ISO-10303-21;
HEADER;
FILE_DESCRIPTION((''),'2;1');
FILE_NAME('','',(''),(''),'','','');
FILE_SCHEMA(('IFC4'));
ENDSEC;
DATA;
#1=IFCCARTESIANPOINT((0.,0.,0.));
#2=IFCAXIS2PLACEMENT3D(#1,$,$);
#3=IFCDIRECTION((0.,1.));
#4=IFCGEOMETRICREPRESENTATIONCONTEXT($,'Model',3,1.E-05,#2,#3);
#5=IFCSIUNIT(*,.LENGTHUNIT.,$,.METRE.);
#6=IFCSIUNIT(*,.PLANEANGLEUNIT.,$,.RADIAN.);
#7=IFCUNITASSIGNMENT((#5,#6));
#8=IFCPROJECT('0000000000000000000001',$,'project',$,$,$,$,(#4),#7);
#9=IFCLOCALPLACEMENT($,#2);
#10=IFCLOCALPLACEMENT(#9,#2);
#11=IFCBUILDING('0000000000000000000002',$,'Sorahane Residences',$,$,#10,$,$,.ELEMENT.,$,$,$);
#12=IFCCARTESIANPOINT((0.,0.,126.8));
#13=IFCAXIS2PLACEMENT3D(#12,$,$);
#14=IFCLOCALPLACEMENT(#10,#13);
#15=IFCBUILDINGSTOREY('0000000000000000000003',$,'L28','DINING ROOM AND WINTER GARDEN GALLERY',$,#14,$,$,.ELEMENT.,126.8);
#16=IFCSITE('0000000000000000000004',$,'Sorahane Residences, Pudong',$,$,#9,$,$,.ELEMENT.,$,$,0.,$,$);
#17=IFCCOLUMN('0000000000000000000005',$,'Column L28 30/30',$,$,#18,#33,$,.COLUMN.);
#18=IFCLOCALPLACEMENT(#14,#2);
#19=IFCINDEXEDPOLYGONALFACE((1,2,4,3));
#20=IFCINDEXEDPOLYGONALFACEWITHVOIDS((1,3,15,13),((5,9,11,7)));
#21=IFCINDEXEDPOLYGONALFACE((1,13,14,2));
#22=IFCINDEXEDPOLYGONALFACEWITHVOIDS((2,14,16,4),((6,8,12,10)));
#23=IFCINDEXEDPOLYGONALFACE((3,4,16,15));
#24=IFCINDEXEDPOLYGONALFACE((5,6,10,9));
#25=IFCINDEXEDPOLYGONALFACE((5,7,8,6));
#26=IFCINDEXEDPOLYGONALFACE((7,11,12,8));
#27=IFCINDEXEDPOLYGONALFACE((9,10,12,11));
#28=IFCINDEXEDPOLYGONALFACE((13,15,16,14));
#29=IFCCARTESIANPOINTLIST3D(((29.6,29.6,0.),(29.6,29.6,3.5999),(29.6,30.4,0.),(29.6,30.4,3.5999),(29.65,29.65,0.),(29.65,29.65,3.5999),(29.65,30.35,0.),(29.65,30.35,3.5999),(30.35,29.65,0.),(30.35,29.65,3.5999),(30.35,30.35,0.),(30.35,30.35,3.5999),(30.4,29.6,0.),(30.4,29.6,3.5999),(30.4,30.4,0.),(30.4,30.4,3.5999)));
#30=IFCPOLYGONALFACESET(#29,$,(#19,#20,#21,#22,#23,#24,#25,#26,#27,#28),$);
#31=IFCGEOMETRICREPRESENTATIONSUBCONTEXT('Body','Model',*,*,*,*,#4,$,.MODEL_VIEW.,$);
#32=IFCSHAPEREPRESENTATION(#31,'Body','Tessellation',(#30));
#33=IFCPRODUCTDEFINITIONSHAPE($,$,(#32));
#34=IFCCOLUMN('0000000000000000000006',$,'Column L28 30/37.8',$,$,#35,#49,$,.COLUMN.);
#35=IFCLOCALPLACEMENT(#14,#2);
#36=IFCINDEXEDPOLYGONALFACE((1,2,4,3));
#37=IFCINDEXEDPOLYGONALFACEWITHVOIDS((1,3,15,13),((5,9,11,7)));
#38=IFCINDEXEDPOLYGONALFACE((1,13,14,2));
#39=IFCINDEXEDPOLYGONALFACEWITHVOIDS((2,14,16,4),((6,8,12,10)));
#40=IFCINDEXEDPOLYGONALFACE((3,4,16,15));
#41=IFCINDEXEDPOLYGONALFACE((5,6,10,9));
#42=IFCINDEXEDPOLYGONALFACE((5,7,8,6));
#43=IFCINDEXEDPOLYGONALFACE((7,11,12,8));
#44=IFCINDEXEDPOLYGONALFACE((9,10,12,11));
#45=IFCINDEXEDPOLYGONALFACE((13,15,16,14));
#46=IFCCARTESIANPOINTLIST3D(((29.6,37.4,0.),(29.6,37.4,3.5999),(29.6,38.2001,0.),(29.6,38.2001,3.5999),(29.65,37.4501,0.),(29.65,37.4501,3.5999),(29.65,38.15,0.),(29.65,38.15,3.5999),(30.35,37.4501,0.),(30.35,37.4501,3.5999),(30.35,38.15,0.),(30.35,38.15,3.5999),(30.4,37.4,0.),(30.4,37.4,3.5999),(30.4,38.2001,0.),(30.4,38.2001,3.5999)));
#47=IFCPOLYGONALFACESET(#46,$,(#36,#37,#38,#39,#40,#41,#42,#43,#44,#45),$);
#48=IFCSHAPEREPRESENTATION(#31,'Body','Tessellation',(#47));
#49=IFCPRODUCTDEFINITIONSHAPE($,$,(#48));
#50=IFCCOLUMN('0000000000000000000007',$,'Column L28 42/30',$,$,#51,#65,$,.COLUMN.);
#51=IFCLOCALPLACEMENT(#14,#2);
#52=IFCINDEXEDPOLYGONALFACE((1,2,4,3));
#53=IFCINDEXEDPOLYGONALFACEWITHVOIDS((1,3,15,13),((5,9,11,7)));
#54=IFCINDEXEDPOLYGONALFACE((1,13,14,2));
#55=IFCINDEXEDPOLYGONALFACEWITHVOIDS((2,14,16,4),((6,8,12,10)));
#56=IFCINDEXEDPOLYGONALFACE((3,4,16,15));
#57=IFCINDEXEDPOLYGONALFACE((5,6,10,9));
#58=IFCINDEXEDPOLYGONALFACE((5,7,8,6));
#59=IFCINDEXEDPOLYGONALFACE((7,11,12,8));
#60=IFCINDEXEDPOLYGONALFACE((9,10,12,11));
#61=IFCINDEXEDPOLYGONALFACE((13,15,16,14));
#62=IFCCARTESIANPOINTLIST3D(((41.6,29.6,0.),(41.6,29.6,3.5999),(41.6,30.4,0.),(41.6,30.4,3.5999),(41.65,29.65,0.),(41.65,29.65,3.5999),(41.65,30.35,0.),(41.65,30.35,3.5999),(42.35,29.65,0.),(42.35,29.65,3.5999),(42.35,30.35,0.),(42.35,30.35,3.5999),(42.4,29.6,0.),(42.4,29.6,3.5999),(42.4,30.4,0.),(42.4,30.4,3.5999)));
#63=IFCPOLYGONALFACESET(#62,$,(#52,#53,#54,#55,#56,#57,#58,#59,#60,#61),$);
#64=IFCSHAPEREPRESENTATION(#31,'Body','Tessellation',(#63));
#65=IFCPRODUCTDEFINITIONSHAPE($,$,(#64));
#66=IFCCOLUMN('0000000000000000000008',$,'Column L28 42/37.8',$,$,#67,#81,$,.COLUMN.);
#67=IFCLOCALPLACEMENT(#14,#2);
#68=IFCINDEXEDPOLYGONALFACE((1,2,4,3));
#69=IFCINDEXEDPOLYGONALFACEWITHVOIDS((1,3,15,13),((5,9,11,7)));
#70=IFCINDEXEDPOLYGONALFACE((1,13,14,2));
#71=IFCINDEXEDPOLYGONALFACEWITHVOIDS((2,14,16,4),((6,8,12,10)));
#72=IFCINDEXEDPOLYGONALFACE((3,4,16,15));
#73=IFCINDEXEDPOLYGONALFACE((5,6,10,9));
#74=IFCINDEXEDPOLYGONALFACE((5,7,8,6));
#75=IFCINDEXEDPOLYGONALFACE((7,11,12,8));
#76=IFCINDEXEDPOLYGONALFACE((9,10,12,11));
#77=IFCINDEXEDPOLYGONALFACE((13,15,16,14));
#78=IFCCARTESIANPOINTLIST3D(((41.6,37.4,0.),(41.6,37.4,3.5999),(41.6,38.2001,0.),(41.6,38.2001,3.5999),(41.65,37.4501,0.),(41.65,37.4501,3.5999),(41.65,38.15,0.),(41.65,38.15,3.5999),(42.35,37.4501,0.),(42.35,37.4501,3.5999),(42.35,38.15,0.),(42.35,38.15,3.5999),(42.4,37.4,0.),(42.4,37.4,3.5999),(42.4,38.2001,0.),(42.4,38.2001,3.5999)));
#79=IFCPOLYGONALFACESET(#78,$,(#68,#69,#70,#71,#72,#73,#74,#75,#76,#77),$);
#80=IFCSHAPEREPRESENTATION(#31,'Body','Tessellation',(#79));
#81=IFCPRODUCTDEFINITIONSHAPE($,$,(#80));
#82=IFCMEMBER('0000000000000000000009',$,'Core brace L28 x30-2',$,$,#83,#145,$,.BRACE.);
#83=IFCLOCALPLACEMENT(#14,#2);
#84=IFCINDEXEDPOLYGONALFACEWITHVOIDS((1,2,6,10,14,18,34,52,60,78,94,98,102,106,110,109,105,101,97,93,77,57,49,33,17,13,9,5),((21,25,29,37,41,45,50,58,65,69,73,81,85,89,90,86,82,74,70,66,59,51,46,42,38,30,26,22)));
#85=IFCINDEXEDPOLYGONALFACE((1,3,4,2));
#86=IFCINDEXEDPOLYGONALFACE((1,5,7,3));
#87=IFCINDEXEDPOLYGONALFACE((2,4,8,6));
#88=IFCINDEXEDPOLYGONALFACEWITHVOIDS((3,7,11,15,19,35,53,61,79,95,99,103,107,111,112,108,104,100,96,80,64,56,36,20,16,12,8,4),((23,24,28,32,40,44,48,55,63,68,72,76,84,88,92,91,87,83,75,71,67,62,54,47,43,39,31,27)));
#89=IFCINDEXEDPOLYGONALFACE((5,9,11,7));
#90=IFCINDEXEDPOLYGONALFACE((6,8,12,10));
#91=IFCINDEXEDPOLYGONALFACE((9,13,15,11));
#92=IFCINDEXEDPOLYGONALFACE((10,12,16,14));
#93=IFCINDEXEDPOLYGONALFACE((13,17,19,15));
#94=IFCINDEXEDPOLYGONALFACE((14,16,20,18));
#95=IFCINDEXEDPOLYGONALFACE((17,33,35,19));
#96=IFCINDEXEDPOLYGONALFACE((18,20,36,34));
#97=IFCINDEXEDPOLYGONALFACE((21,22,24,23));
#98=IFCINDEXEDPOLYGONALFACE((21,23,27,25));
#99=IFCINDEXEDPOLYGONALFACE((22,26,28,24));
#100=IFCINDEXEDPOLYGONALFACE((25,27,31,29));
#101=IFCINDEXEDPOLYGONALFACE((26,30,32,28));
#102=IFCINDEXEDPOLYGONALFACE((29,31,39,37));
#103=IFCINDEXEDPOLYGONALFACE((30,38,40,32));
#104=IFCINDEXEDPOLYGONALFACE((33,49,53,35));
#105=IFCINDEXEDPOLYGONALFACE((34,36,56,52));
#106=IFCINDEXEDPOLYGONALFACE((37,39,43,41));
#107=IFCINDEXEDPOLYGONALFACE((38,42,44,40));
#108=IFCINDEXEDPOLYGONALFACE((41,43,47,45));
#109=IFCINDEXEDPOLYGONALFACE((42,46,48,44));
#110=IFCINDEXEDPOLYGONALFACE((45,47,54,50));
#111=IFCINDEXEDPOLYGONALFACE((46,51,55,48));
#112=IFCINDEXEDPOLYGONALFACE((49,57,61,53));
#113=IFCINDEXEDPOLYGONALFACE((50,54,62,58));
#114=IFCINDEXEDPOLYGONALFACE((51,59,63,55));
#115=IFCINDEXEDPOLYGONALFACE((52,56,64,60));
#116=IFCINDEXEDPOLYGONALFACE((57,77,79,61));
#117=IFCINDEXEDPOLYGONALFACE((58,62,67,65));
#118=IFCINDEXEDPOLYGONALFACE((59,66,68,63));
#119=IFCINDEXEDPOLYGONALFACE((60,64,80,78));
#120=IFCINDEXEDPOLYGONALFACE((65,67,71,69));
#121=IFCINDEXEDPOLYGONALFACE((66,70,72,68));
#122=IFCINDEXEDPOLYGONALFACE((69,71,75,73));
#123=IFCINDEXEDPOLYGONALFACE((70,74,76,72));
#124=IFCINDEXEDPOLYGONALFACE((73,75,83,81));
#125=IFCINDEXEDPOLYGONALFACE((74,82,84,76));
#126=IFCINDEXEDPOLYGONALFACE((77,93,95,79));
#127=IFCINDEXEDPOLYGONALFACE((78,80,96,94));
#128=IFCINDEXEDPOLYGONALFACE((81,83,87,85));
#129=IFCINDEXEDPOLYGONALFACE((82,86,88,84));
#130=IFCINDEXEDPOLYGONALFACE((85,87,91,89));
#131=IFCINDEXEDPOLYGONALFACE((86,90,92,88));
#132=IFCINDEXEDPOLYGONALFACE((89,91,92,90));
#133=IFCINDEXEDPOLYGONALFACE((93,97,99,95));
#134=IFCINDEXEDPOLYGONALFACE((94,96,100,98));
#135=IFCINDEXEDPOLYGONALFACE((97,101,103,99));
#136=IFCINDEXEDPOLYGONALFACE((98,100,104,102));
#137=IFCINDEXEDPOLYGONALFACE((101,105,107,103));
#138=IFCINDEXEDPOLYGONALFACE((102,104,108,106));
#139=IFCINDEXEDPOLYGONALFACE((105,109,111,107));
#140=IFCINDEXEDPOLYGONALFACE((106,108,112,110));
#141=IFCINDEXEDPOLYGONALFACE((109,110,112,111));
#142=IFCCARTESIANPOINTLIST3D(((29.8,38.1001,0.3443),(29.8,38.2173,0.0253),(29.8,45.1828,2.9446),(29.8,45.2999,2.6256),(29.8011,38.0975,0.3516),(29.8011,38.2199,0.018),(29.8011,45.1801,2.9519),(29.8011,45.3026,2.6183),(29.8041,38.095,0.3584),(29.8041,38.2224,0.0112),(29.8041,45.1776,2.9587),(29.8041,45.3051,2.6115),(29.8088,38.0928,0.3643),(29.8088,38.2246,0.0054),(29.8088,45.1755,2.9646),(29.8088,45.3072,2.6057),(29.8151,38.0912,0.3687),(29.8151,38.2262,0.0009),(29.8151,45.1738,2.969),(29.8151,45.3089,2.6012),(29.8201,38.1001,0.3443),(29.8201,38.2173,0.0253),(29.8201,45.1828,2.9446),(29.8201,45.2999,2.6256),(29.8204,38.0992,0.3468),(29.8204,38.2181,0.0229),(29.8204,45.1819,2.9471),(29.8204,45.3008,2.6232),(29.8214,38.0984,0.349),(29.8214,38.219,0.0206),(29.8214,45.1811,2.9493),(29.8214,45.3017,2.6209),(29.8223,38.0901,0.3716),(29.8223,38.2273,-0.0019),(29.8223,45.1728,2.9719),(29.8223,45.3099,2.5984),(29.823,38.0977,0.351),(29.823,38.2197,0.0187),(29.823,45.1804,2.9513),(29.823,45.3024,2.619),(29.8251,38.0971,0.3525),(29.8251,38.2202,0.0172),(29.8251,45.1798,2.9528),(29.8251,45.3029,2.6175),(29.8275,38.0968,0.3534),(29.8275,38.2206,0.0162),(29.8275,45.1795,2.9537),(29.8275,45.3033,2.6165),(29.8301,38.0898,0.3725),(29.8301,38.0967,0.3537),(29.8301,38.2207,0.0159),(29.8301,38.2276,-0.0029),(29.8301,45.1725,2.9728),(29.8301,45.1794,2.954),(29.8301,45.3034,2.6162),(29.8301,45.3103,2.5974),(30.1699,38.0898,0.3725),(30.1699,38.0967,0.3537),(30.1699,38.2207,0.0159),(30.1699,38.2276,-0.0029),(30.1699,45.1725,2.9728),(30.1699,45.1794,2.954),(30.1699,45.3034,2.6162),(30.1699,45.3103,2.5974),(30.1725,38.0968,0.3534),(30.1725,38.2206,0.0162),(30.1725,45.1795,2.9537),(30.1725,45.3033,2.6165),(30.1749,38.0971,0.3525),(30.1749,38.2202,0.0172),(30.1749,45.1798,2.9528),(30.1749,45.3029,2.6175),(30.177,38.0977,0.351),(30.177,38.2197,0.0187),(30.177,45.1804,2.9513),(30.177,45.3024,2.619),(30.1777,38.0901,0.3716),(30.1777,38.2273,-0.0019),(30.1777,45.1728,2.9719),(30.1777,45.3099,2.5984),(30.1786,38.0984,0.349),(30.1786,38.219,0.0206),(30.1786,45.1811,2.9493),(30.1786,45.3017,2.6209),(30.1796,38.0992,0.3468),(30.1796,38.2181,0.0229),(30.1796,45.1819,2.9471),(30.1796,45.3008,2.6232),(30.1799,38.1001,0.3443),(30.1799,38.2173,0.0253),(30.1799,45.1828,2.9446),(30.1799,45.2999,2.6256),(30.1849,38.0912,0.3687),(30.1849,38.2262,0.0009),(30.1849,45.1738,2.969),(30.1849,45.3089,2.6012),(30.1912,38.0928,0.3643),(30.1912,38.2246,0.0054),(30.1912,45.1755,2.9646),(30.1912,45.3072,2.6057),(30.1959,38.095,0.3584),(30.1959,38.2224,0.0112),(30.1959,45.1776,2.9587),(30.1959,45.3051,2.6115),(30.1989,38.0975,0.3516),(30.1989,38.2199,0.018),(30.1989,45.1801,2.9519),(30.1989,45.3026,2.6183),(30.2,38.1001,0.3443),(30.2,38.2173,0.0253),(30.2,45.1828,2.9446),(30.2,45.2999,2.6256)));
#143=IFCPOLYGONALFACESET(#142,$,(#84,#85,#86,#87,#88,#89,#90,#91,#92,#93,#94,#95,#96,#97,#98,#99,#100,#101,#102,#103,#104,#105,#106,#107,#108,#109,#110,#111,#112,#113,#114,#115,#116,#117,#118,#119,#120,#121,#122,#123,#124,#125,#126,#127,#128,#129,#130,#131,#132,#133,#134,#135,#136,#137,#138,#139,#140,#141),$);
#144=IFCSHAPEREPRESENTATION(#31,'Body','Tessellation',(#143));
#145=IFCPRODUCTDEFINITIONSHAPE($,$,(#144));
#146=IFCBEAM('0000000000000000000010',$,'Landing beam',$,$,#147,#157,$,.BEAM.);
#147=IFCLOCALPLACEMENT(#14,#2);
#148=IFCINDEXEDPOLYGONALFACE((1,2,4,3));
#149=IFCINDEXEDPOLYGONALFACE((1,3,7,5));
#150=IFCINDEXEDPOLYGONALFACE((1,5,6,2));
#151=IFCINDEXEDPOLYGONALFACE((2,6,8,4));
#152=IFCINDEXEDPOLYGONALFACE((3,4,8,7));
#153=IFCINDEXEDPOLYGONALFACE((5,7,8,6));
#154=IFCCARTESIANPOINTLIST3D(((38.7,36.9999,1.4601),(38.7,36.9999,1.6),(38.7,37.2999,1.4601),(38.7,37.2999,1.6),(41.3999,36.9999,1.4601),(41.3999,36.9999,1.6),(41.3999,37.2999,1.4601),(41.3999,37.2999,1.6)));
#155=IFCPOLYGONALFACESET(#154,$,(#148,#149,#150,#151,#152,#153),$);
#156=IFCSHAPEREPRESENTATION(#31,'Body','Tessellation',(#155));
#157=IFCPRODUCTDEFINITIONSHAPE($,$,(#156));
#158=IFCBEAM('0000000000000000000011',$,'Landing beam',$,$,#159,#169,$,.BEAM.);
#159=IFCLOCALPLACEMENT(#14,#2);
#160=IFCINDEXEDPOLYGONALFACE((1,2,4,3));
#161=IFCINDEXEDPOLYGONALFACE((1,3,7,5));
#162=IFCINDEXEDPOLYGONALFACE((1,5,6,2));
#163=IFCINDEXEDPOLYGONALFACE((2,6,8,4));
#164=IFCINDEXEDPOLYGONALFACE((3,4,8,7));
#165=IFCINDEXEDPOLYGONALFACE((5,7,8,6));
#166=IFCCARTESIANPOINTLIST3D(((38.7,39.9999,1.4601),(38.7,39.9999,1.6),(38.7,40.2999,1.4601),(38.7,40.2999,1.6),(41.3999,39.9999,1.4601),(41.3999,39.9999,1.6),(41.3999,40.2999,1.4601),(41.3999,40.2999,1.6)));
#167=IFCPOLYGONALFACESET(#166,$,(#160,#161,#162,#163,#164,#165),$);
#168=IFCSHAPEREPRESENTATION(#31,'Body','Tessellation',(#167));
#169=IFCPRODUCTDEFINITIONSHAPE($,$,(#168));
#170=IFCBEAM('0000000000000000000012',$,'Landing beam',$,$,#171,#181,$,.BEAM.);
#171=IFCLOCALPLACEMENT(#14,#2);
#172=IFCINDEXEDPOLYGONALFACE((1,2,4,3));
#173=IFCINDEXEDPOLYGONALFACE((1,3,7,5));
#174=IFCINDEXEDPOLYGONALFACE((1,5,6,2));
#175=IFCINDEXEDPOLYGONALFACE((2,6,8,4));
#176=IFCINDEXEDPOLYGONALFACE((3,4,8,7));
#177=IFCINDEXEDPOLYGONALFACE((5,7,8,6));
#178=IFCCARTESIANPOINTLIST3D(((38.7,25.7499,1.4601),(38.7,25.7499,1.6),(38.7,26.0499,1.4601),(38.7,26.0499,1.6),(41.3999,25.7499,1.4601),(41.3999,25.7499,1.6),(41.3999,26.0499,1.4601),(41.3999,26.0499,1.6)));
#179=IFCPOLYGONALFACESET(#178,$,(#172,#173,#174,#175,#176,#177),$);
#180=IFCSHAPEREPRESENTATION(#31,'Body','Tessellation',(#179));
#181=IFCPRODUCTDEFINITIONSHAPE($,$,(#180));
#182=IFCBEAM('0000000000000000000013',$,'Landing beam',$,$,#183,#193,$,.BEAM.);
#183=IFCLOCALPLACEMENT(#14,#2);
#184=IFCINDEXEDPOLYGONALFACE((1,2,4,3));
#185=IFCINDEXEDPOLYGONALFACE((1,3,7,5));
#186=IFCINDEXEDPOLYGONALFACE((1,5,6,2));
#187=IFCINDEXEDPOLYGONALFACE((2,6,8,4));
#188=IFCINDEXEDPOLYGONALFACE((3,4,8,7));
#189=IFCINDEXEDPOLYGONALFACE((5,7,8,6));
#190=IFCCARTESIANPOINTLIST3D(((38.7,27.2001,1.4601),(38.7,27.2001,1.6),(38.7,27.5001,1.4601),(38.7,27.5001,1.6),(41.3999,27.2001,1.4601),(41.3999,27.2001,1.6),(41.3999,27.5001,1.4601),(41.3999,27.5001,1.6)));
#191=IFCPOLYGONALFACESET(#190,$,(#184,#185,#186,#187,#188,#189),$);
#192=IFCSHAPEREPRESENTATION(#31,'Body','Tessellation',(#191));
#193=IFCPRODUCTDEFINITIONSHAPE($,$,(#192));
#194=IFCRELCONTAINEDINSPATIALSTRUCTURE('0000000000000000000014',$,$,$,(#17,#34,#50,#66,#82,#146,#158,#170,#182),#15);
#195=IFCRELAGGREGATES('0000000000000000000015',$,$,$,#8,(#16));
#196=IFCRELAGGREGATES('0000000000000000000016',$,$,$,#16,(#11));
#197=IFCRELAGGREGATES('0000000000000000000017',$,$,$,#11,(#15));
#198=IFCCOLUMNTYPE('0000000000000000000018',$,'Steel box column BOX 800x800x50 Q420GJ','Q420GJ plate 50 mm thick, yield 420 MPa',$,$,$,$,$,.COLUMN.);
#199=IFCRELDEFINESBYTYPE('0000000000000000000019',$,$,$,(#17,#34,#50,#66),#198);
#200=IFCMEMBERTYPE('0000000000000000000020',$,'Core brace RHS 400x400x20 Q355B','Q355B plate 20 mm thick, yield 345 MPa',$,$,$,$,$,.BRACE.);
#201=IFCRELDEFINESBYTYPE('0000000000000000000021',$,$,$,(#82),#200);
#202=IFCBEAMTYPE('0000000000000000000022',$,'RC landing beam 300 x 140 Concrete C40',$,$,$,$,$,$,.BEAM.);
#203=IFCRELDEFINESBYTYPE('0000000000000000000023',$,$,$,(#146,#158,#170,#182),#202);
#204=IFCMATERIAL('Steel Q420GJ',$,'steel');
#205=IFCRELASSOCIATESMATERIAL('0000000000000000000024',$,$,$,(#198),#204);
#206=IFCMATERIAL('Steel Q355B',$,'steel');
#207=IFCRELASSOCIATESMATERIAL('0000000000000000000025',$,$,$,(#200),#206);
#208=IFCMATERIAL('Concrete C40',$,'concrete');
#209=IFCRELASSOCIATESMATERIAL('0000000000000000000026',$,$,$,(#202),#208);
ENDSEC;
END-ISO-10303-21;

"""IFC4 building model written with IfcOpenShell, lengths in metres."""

from ifc_helpers import new_model, si_unit, direction, frame, origin, origin_2d, place, context, subcontext, project, spatial, rectangle, hollow_rectangle, extrude, material, material_profile, profile_set, type_object, element, save


model = new_model("IFC4")

# Units and contexts
model_context = context("Model", 3, precision=1e-05, world=origin(), true_north=direction((0.0, 1.0)))
body_context = subcontext(model_context, "Body", "Model", "MODEL_VIEW")
ifc_project = project(units=[si_unit("LENGTHUNIT", "METRE"), si_unit("PLANEANGLEUNIT", "RADIAN")], contexts=[model_context])

# Site, building, storey
site_placement = place(None, origin())
site = spatial("IfcSite", under=ifc_project, at=site_placement, Name="Sorahane Residences, Pudong", CompositionType="ELEMENT", RefElevation=0.0)
building_placement = place(site_placement, origin())
building = spatial("IfcBuilding", under=site, at=building_placement, Name="Sorahane Residences", CompositionType="ELEMENT")
storey_placement = place(building_placement, frame((0.0, 0.0, 126.8)))
storey = spatial("IfcBuildingStorey", under=building, at=storey_placement, Name="L28", Description="DINING ROOM AND WINTER GARDEN GALLERY", CompositionType="ELEMENT", Elevation=126.8)

# Columns
ifc_material_1 = material(Name="Steel Q420GJ", Category="steel")
ifc_material_profile_1 = material_profile(ifc_material_1, hollow_rectangle(XDim=0.8, YDim=0.8, WallThickness=0.05, at=origin_2d()), Name="BOX 800x800x50")
ifc_profile_set_1 = profile_set([ifc_material_profile_1], Name="Steel Q420GJ")
column_type = type_object("IfcColumnType", Name="Steel box column BOX 800x800x50 Q420GJ", Description="Q420GJ plate 50 mm thick, yield 420 MPa", PredefinedType="COLUMN", material=ifc_profile_set_1)
for number, where, z_axis, x_axis, name in (
    (1, (30.0, 30.0, 0.0), (0.0, 0.0, 1.0), (1.0, 0.0, 0.0), "Column L28 30/30"),
    (2, (30.0, 37.8, 0.0), (0.0, 0.0, 1.0), (1.0, 0.0, 0.0), "Column L28 30/37.8"),
    (3, (42.0, 30.0, 0.0), (0.0, 0.0, 1.0), (1.0, 0.0, 0.0), "Column L28 42/30"),
    (4, (42.0, 37.8, 0.0), (0.0, 0.0, 1.0), (1.0, 0.0, 0.0), "Column L28 42/37.8"),
):
    element("IfcColumn", number, at=place(storey_placement, frame(where, z_axis=z_axis, x_axis=x_axis)), inside=storey, type_object=column_type, Name=name, PredefinedType="COLUMN", context=body_context, shape_type="SweptSolid", body=[
        extrude(hollow_rectangle(XDim=0.8, YDim=0.8, WallThickness=0.05, at=origin_2d()), origin(), (0.0, 0.0, 1.0), 3.5999),
    ])

# Member
ifc_material_2 = material(Name="Steel Q355B", Category="steel")
ifc_material_profile_2 = material_profile(ifc_material_2, hollow_rectangle(XDim=0.3999, YDim=0.3999, WallThickness=0.02, InnerFilletRadius=0.01, OuterFilletRadius=0.03, at=origin_2d()), Name="RHS 400x400x20")
ifc_profile_set_2 = profile_set([ifc_material_profile_2], Name="Steel Q355B")
member_type = type_object("IfcMemberType", Name="Core brace RHS 400x400x20 Q355B", Description="Q355B plate 20 mm thick, yield 345 MPa", PredefinedType="BRACE", material=ifc_profile_set_2)
member_placement = place(storey_placement, frame((30.0, 38.1587, 0.1848), z_axis=(0.0, 0.938734, 0.344643), x_axis=(-1.0, 0.0, 0.0)))
element("IfcMember", 5, at=member_placement, inside=storey, type_object=member_type, Name="Core brace L28 x30-2", PredefinedType="BRACE", context=body_context, shape_type="SweptSolid", body=[
    extrude(hollow_rectangle(XDim=0.3999, YDim=0.3999, WallThickness=0.02, InnerFilletRadius=0.01, OuterFilletRadius=0.03, at=origin_2d()), origin(), (0.0, 0.0, 1.0), 7.5449),
])

# Beams
ifc_material_3 = material(Name="Concrete C40", Category="concrete")
ifc_material_profile_3 = material_profile(ifc_material_3, rectangle(XDim=0.3, YDim=0.1399, at=origin_2d()), Name="300x140")
ifc_profile_set_3 = profile_set([ifc_material_profile_3], Name="Concrete C40")
beam_type_1 = type_object("IfcBeamType", Name="RC landing beam 300 x 140 Concrete C40", PredefinedType="BEAM", material=ifc_profile_set_3)
for number, where, z_axis, x_axis, name in (
    (6, (38.7, 37.1499, 1.53), (1.0, 0.0, 0.0), (0.0, 1.0, 0.0), "Landing beam"),
    (7, (38.7, 40.1499, 1.53), (1.0, 0.0, 0.0), (0.0, 1.0, 0.0), "Landing beam"),
    (8, (38.7, 25.8999, 1.53), (1.0, 0.0, 0.0), (0.0, 1.0, 0.0), "Landing beam"),
    (9, (38.7, 27.3501, 1.53), (1.0, 0.0, 0.0), (0.0, 1.0, 0.0), "Landing beam"),
):
    element("IfcBeam", number, at=place(storey_placement, frame(where, z_axis=z_axis, x_axis=x_axis)), inside=storey, type_object=beam_type_1, Name=name, PredefinedType="BEAM", context=body_context, shape_type="SweptSolid", body=[
        extrude(rectangle(XDim=0.3, YDim=0.1399, at=origin_2d()), origin(), (0.0, 0.0, 1.0), 2.7),
    ])

save(model, "model.ifc")
